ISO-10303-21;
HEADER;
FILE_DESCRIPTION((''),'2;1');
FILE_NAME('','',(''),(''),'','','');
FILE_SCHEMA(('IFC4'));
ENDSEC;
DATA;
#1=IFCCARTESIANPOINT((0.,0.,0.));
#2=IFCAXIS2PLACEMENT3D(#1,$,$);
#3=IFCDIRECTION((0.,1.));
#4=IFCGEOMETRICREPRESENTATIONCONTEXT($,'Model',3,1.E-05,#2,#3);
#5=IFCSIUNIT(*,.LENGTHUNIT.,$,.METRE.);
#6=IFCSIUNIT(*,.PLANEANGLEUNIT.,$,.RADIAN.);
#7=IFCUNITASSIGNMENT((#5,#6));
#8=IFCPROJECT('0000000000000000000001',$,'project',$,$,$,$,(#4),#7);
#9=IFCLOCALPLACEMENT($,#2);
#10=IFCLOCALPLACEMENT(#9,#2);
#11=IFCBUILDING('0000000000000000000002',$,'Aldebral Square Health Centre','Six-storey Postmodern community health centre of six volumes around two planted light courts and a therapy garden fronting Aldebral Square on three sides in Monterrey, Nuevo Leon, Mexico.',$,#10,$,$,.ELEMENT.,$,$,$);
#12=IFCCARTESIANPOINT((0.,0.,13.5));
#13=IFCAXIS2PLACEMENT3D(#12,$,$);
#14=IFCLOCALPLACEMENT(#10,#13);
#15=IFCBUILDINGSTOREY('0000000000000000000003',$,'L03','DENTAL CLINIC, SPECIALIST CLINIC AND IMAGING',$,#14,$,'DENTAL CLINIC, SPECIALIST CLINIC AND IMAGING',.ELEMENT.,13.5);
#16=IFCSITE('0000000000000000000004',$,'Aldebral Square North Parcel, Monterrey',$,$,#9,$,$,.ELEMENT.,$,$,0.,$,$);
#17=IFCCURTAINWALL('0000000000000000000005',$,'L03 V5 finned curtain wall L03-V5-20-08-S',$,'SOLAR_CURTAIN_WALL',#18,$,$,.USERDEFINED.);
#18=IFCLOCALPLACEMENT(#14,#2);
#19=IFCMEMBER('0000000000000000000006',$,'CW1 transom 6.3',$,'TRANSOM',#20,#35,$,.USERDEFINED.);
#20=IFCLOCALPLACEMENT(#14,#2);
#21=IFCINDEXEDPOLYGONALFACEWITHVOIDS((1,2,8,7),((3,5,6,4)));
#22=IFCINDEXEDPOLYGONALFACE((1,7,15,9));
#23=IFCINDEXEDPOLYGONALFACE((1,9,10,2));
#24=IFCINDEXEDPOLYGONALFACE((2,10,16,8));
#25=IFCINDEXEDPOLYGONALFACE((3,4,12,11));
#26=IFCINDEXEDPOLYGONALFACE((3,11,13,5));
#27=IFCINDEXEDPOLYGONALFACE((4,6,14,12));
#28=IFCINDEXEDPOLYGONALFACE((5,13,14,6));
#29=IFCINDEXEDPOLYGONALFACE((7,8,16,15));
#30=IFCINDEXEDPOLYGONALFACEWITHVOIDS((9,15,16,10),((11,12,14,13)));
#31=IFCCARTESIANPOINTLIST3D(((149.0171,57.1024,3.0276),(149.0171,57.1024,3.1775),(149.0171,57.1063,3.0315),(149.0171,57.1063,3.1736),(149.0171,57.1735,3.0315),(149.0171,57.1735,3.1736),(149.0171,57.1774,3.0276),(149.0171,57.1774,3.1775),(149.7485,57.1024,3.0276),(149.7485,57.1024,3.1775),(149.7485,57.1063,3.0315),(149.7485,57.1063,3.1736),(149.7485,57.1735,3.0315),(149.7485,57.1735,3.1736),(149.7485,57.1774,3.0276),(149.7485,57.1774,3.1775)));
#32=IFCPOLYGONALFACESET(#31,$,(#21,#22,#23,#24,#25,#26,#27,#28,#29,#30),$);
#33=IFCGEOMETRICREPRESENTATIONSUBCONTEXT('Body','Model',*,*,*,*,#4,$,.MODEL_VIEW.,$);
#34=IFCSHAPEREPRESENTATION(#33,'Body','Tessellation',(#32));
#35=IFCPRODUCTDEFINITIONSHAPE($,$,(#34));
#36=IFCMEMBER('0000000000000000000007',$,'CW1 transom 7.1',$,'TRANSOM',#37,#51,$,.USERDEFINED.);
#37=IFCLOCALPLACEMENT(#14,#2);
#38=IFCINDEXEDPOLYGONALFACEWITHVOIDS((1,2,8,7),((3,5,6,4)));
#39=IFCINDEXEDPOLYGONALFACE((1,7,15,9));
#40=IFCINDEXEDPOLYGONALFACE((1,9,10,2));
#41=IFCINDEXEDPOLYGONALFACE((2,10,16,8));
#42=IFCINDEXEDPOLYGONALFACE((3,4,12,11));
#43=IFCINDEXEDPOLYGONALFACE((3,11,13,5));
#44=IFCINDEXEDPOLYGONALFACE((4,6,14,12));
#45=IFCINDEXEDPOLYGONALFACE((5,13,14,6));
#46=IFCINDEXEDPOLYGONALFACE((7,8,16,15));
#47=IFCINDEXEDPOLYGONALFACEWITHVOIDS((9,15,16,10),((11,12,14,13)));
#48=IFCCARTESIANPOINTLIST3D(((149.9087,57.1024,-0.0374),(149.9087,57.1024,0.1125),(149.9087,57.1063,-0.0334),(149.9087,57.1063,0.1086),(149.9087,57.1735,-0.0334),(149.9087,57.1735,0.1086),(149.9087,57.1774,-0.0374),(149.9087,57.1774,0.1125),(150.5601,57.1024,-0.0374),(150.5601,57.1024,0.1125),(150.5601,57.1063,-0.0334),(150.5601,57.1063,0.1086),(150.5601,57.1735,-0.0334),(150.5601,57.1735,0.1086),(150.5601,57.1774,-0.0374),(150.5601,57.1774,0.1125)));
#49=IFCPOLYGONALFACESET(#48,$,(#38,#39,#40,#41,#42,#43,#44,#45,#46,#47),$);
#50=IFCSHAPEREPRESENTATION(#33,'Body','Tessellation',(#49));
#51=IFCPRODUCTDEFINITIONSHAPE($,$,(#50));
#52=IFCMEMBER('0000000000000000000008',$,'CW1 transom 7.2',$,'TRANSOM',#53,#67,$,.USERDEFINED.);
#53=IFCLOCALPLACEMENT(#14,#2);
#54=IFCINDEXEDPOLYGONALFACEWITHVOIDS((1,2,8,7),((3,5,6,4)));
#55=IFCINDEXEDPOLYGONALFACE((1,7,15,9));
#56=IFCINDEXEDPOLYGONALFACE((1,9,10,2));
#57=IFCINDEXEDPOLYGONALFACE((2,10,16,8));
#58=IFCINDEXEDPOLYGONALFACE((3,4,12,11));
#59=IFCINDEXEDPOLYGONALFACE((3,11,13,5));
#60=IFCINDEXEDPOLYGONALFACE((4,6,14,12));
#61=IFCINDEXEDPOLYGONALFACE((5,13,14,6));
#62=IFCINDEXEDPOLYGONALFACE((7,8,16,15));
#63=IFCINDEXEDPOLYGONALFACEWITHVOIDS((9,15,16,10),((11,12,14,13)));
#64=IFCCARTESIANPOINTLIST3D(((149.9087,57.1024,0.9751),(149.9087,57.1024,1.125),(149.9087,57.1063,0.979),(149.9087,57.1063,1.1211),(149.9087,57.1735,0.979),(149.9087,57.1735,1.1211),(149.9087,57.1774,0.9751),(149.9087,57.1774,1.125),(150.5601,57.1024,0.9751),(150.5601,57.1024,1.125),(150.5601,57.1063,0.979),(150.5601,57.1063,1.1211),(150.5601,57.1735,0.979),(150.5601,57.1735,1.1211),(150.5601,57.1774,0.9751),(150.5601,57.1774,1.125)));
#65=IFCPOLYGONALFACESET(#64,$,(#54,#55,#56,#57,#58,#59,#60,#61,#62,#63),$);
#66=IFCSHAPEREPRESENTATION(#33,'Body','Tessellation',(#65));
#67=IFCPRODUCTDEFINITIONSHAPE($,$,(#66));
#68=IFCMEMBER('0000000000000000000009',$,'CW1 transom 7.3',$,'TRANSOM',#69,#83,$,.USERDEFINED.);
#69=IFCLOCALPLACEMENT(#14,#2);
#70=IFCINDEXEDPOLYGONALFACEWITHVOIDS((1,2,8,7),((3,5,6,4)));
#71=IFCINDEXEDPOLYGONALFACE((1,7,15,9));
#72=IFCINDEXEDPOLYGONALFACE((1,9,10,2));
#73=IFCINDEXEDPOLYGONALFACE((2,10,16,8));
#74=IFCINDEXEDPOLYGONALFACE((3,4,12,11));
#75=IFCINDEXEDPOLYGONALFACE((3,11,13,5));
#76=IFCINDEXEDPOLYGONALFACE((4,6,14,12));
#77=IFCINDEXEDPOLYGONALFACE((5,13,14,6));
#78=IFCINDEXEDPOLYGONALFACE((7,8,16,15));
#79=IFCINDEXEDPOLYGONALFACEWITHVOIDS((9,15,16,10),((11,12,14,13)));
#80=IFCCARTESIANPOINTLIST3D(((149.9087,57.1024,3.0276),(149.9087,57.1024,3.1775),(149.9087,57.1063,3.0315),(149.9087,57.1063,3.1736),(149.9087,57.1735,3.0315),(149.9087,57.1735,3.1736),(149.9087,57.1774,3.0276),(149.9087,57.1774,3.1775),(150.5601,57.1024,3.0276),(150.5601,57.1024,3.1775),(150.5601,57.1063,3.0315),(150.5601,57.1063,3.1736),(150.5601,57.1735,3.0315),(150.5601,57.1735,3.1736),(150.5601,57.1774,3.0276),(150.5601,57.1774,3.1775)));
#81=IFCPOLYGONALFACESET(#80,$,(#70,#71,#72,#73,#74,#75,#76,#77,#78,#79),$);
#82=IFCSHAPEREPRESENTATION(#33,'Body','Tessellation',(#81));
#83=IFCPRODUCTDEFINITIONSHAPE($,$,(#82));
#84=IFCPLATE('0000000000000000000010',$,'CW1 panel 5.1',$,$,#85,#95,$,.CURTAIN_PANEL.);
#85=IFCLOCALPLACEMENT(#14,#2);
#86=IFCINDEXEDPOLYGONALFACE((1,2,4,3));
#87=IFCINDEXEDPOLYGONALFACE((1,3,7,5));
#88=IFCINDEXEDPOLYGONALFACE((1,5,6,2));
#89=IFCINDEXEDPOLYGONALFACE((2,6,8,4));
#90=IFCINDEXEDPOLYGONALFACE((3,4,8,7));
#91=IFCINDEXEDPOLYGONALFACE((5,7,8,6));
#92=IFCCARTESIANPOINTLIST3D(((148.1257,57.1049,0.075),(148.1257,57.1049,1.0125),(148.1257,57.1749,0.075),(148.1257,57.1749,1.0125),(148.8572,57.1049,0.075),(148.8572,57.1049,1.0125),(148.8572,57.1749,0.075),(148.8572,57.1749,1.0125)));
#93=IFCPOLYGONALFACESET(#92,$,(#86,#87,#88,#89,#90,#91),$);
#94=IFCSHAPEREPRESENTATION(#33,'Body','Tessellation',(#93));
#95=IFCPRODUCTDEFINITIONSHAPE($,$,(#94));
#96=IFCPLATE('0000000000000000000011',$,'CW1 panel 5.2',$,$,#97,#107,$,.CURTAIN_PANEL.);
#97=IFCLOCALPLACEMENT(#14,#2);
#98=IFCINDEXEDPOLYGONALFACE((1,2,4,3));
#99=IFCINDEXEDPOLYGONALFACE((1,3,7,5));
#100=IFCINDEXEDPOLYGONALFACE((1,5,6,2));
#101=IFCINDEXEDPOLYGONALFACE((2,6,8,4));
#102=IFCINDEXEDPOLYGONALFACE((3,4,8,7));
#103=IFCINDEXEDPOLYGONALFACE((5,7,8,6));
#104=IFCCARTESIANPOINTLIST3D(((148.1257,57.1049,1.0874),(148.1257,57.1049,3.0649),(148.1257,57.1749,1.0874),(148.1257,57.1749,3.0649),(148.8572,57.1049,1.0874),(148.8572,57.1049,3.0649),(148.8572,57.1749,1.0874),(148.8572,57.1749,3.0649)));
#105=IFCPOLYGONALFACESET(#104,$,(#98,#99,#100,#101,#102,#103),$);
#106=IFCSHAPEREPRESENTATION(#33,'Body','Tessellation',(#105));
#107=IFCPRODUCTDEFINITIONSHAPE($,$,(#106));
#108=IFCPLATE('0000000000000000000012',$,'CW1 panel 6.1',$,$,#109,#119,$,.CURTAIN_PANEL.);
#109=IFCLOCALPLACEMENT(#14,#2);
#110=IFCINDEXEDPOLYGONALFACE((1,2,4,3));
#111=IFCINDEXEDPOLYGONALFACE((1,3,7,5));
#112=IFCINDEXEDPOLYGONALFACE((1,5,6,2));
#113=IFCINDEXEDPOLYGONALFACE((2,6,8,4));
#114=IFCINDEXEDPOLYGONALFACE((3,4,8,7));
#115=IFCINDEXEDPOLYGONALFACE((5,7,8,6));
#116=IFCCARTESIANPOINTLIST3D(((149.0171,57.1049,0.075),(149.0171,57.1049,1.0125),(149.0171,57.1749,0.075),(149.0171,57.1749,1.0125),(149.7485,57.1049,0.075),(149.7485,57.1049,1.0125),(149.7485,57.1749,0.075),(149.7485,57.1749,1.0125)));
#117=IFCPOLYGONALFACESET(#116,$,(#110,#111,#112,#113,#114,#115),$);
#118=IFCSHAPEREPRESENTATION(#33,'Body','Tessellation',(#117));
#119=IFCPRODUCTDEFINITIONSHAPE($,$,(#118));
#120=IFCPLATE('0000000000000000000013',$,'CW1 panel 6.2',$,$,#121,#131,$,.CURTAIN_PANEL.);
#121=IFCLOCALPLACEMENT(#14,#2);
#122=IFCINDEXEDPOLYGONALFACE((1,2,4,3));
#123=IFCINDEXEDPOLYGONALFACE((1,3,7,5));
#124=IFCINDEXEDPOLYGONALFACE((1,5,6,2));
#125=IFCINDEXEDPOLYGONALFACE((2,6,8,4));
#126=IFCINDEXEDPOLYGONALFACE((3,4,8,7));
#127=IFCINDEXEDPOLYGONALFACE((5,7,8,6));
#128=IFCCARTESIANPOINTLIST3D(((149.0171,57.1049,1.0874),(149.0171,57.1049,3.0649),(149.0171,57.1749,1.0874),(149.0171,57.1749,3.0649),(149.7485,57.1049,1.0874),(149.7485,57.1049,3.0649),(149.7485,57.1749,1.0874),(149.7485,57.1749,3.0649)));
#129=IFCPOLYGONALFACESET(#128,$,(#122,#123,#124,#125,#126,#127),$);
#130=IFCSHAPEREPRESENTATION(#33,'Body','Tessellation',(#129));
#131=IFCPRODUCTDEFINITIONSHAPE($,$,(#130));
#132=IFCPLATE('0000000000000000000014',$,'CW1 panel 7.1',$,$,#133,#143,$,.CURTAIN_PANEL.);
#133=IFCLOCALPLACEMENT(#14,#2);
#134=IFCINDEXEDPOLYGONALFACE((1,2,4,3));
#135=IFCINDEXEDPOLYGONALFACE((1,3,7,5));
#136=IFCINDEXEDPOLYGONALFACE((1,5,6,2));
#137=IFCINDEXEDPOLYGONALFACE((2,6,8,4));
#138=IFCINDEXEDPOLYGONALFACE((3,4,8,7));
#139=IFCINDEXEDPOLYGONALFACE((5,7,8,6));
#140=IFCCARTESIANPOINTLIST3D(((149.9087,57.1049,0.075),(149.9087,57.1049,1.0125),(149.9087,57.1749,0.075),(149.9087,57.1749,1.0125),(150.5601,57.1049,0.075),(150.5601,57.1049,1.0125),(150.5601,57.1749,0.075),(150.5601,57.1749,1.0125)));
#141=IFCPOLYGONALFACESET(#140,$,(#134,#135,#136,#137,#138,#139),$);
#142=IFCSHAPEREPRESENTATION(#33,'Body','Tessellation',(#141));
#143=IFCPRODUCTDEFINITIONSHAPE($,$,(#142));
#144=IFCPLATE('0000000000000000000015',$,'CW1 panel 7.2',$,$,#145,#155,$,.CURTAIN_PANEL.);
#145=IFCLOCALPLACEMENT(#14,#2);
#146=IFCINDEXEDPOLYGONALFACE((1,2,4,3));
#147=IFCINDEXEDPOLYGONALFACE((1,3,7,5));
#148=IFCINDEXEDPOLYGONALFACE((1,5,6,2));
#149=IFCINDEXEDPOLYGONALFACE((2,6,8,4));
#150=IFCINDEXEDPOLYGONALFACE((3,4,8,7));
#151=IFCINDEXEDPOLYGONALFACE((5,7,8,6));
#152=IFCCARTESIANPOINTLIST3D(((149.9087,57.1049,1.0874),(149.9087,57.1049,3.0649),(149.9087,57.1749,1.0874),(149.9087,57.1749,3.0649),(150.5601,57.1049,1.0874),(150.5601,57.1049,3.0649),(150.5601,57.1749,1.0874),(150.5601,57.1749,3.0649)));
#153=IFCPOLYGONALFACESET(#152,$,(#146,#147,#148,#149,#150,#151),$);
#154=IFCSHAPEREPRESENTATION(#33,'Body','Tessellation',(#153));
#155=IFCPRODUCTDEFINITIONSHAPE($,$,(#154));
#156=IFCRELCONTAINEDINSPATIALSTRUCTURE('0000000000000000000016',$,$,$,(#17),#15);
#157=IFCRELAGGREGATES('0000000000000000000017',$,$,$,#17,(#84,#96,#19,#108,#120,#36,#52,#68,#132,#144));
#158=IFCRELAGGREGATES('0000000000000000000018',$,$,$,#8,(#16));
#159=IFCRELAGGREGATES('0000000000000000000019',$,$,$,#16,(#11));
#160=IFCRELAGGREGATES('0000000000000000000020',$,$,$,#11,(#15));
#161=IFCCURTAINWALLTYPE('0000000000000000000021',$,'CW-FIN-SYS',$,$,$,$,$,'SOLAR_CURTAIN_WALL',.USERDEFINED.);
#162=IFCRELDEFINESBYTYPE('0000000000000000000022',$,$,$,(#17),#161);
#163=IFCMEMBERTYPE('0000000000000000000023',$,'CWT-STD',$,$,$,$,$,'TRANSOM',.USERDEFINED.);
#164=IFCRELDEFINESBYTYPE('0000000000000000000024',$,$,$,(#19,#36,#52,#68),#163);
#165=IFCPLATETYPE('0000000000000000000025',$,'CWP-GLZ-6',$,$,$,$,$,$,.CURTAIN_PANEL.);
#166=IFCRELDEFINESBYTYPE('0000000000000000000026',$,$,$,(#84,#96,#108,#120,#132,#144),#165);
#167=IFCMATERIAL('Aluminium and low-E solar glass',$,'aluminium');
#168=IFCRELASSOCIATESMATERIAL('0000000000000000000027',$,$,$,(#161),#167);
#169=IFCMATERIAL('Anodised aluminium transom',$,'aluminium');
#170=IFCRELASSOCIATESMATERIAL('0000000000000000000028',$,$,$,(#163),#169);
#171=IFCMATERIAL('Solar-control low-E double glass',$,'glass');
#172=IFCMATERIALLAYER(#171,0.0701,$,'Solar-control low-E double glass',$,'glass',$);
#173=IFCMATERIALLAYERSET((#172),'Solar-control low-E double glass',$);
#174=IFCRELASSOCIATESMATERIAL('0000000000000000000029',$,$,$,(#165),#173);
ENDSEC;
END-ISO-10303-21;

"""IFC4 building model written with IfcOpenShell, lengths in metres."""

from ifc_helpers import new_model, si_unit, direction, frame, origin, origin_2d, place, context, subcontext, project, spatial, rectangle, hollow_rectangle, extrude, material, layer, layer_set, material_profile, profile_set, type_object, element, aggregate, save


model = new_model("IFC4")

# Units and contexts
model_context = context("Model", 3, precision=1e-05, world=origin(), true_north=direction((0.0, 1.0)))
body_context = subcontext(model_context, "Body", "Model", "MODEL_VIEW")
ifc_project = project(units=[si_unit("LENGTHUNIT", "METRE"), si_unit("PLANEANGLEUNIT", "RADIAN")], contexts=[model_context])

# Site, building, storey
site_placement = place(None, origin())
site = spatial("IfcSite", under=ifc_project, at=site_placement, Name="Aldebral Square North Parcel, Monterrey", CompositionType="ELEMENT", RefElevation=0.0)
building_placement = place(site_placement, origin())
building = spatial("IfcBuilding", under=site, at=building_placement, Name="Aldebral Square Health Centre", Description="Six-storey Postmodern community health centre of six volumes around two planted light courts and a therapy garden fronting Aldebral Square on three sides in Monterrey, Nuevo Leon, Mexico.", CompositionType="ELEMENT")
storey_placement = place(building_placement, frame((0.0, 0.0, 13.5)))
storey = spatial("IfcBuildingStorey", under=building, at=storey_placement, Name="L03", Description="DENTAL CLINIC, SPECIALIST CLINIC AND IMAGING", LongName="DENTAL CLINIC, SPECIALIST CLINIC AND IMAGING", CompositionType="ELEMENT", Elevation=13.5)

# Curtain wall, members, plates
ifc_material_1 = material(Name="Aluminium and low-E solar glass", Category="aluminium")
curtain_wall_type = type_object("IfcCurtainWallType", Name="CW-FIN-SYS", ElementType="SOLAR_CURTAIN_WALL", PredefinedType="USERDEFINED", material=ifc_material_1)
curtain_wall_placement = place(storey_placement, origin())
curtain_wall = element("IfcCurtainWall", 1, at=curtain_wall_placement, inside=storey, type_object=curtain_wall_type, Name="L03 V5 finned curtain wall L03-V5-20-08-S", ObjectType="SOLAR_CURTAIN_WALL", PredefinedType="USERDEFINED")
ifc_material_2 = material(Name="Anodised aluminium transom", Category="aluminium")
ifc_material_profile_1 = material_profile(ifc_material_2, hollow_rectangle(XDim=0.075, YDim=0.1499, WallThickness=0.0039, at=origin_2d()), Name="CWT 75x150x4")
ifc_profile_set_1 = profile_set([ifc_material_profile_1], Name="Anodised aluminium transom")
member_type_1 = type_object("IfcMemberType", Name="CWT-STD", ElementType="TRANSOM", PredefinedType="USERDEFINED", material=ifc_profile_set_1)
member_1_placement = place(storey_placement, frame((149.0171, 57.1399, 3.1025), z_axis=(1.0, 0.0, 0.0), x_axis=(0.0, 1.0, 0.0)))
member_1 = element("IfcMember", 2, at=member_1_placement, type_object=member_type_1, Name="CW1 transom 6.3", ObjectType="TRANSOM", PredefinedType="USERDEFINED", context=body_context, shape_type="SweptSolid", body=[
    extrude(hollow_rectangle(XDim=0.075, YDim=0.1499, WallThickness=0.0039, at=origin_2d()), origin(), (0.0, 0.0, 1.0), 0.7314),
])
member_2_placement = place(storey_placement, frame((149.9087, 57.1399, 0.0376), z_axis=(1.0, 0.0, 0.0), x_axis=(0.0, 1.0, 0.0)))
member_2 = element("IfcMember", 3, at=member_2_placement, type_object=member_type_1, Name="CW1 transom 7.1", ObjectType="TRANSOM", PredefinedType="USERDEFINED", context=body_context, shape_type="SweptSolid", body=[
    extrude(hollow_rectangle(XDim=0.075, YDim=0.1499, WallThickness=0.0039, at=origin_2d()), origin(), (0.0, 0.0, 1.0), 0.6514),
])
member_3_placement = place(storey_placement, frame((149.9087, 57.1399, 1.05), z_axis=(1.0, 0.0, 0.0), x_axis=(0.0, 1.0, 0.0)))
member_3 = element("IfcMember", 4, at=member_3_placement, type_object=member_type_1, Name="CW1 transom 7.2", ObjectType="TRANSOM", PredefinedType="USERDEFINED", context=body_context, shape_type="SweptSolid", body=[
    extrude(hollow_rectangle(XDim=0.075, YDim=0.1499, WallThickness=0.0039, at=origin_2d()), origin(), (0.0, 0.0, 1.0), 0.6514),
])
member_4_placement = place(storey_placement, frame((149.9087, 57.1399, 3.1025), z_axis=(1.0, 0.0, 0.0), x_axis=(0.0, 1.0, 0.0)))
member_4 = element("IfcMember", 5, at=member_4_placement, type_object=member_type_1, Name="CW1 transom 7.3", ObjectType="TRANSOM", PredefinedType="USERDEFINED", context=body_context, shape_type="SweptSolid", body=[
    extrude(hollow_rectangle(XDim=0.075, YDim=0.1499, WallThickness=0.0039, at=origin_2d()), origin(), (0.0, 0.0, 1.0), 0.6514),
])
ifc_material_3 = material(Name="Solar-control low-E double glass", Category="glass")
ifc_layer_1 = layer(ifc_material_3, 0.0701, Name="Solar-control low-E double glass", Category="glass")
ifc_layer_set_1 = layer_set([ifc_layer_1], Name="Solar-control low-E double glass")
plate_type = type_object("IfcPlateType", Name="CWP-GLZ-6", PredefinedType="CURTAIN_PANEL", material=ifc_layer_set_1)
plate_1_placement = place(storey_placement, frame((148.4915, 57.1399, 0.075), z_axis=(0.0, 0.0, 1.0), x_axis=(1.0, 0.0, 0.0)))
plate_1 = element("IfcPlate", 6, at=plate_1_placement, type_object=plate_type, Name="CW1 panel 5.1", PredefinedType="CURTAIN_PANEL", context=body_context, shape_type="SweptSolid", body=[
    extrude(rectangle(XDim=0.7314, YDim=0.0701, at=origin_2d()), origin(), (0.0, 0.0, 1.0), 0.9375),
])
plate_2_placement = place(storey_placement, frame((148.4915, 57.1399, 1.0874), z_axis=(0.0, 0.0, 1.0), x_axis=(1.0, 0.0, 0.0)))
plate_2 = element("IfcPlate", 7, at=plate_2_placement, type_object=plate_type, Name="CW1 panel 5.2", PredefinedType="CURTAIN_PANEL", context=body_context, shape_type="SweptSolid", body=[
    extrude(rectangle(XDim=0.7314, YDim=0.0701, at=origin_2d()), origin(), (0.0, 0.0, 1.0), 1.9775),
])
plate_3_placement = place(storey_placement, frame((149.3828, 57.1399, 0.075), z_axis=(0.0, 0.0, 1.0), x_axis=(1.0, 0.0, 0.0)))
plate_3 = element("IfcPlate", 8, at=plate_3_placement, type_object=plate_type, Name="CW1 panel 6.1", PredefinedType="CURTAIN_PANEL", context=body_context, shape_type="SweptSolid", body=[
    extrude(rectangle(XDim=0.7314, YDim=0.0701, at=origin_2d()), origin(), (0.0, 0.0, 1.0), 0.9375),
])
plate_4_placement = place(storey_placement, frame((149.3828, 57.1399, 1.0874), z_axis=(0.0, 0.0, 1.0), x_axis=(1.0, 0.0, 0.0)))
plate_4 = element("IfcPlate", 9, at=plate_4_placement, type_object=plate_type, Name="CW1 panel 6.2", PredefinedType="CURTAIN_PANEL", context=body_context, shape_type="SweptSolid", body=[
    extrude(rectangle(XDim=0.7314, YDim=0.0701, at=origin_2d()), origin(), (0.0, 0.0, 1.0), 1.9775),
])
plate_5_placement = place(storey_placement, frame((150.2344, 57.1399, 0.075), z_axis=(0.0, 0.0, 1.0), x_axis=(1.0, 0.0, 0.0)))
plate_5 = element("IfcPlate", 10, at=plate_5_placement, type_object=plate_type, Name="CW1 panel 7.1", PredefinedType="CURTAIN_PANEL", context=body_context, shape_type="SweptSolid", body=[
    extrude(rectangle(XDim=0.6514, YDim=0.0701, at=origin_2d()), origin(), (0.0, 0.0, 1.0), 0.9375),
])
plate_6_placement = place(storey_placement, frame((150.2344, 57.1399, 1.0874), z_axis=(0.0, 0.0, 1.0), x_axis=(1.0, 0.0, 0.0)))
plate_6 = element("IfcPlate", 11, at=plate_6_placement, type_object=plate_type, Name="CW1 panel 7.2", PredefinedType="CURTAIN_PANEL", context=body_context, shape_type="SweptSolid", body=[
    extrude(rectangle(XDim=0.6514, YDim=0.0701, at=origin_2d()), origin(), (0.0, 0.0, 1.0), 1.9775),
])
aggregate(curtain_wall, [plate_1, plate_2, member_1, plate_3, plate_4, member_2, member_3, member_4, plate_5, plate_6])

save(model, "model.ifc")
